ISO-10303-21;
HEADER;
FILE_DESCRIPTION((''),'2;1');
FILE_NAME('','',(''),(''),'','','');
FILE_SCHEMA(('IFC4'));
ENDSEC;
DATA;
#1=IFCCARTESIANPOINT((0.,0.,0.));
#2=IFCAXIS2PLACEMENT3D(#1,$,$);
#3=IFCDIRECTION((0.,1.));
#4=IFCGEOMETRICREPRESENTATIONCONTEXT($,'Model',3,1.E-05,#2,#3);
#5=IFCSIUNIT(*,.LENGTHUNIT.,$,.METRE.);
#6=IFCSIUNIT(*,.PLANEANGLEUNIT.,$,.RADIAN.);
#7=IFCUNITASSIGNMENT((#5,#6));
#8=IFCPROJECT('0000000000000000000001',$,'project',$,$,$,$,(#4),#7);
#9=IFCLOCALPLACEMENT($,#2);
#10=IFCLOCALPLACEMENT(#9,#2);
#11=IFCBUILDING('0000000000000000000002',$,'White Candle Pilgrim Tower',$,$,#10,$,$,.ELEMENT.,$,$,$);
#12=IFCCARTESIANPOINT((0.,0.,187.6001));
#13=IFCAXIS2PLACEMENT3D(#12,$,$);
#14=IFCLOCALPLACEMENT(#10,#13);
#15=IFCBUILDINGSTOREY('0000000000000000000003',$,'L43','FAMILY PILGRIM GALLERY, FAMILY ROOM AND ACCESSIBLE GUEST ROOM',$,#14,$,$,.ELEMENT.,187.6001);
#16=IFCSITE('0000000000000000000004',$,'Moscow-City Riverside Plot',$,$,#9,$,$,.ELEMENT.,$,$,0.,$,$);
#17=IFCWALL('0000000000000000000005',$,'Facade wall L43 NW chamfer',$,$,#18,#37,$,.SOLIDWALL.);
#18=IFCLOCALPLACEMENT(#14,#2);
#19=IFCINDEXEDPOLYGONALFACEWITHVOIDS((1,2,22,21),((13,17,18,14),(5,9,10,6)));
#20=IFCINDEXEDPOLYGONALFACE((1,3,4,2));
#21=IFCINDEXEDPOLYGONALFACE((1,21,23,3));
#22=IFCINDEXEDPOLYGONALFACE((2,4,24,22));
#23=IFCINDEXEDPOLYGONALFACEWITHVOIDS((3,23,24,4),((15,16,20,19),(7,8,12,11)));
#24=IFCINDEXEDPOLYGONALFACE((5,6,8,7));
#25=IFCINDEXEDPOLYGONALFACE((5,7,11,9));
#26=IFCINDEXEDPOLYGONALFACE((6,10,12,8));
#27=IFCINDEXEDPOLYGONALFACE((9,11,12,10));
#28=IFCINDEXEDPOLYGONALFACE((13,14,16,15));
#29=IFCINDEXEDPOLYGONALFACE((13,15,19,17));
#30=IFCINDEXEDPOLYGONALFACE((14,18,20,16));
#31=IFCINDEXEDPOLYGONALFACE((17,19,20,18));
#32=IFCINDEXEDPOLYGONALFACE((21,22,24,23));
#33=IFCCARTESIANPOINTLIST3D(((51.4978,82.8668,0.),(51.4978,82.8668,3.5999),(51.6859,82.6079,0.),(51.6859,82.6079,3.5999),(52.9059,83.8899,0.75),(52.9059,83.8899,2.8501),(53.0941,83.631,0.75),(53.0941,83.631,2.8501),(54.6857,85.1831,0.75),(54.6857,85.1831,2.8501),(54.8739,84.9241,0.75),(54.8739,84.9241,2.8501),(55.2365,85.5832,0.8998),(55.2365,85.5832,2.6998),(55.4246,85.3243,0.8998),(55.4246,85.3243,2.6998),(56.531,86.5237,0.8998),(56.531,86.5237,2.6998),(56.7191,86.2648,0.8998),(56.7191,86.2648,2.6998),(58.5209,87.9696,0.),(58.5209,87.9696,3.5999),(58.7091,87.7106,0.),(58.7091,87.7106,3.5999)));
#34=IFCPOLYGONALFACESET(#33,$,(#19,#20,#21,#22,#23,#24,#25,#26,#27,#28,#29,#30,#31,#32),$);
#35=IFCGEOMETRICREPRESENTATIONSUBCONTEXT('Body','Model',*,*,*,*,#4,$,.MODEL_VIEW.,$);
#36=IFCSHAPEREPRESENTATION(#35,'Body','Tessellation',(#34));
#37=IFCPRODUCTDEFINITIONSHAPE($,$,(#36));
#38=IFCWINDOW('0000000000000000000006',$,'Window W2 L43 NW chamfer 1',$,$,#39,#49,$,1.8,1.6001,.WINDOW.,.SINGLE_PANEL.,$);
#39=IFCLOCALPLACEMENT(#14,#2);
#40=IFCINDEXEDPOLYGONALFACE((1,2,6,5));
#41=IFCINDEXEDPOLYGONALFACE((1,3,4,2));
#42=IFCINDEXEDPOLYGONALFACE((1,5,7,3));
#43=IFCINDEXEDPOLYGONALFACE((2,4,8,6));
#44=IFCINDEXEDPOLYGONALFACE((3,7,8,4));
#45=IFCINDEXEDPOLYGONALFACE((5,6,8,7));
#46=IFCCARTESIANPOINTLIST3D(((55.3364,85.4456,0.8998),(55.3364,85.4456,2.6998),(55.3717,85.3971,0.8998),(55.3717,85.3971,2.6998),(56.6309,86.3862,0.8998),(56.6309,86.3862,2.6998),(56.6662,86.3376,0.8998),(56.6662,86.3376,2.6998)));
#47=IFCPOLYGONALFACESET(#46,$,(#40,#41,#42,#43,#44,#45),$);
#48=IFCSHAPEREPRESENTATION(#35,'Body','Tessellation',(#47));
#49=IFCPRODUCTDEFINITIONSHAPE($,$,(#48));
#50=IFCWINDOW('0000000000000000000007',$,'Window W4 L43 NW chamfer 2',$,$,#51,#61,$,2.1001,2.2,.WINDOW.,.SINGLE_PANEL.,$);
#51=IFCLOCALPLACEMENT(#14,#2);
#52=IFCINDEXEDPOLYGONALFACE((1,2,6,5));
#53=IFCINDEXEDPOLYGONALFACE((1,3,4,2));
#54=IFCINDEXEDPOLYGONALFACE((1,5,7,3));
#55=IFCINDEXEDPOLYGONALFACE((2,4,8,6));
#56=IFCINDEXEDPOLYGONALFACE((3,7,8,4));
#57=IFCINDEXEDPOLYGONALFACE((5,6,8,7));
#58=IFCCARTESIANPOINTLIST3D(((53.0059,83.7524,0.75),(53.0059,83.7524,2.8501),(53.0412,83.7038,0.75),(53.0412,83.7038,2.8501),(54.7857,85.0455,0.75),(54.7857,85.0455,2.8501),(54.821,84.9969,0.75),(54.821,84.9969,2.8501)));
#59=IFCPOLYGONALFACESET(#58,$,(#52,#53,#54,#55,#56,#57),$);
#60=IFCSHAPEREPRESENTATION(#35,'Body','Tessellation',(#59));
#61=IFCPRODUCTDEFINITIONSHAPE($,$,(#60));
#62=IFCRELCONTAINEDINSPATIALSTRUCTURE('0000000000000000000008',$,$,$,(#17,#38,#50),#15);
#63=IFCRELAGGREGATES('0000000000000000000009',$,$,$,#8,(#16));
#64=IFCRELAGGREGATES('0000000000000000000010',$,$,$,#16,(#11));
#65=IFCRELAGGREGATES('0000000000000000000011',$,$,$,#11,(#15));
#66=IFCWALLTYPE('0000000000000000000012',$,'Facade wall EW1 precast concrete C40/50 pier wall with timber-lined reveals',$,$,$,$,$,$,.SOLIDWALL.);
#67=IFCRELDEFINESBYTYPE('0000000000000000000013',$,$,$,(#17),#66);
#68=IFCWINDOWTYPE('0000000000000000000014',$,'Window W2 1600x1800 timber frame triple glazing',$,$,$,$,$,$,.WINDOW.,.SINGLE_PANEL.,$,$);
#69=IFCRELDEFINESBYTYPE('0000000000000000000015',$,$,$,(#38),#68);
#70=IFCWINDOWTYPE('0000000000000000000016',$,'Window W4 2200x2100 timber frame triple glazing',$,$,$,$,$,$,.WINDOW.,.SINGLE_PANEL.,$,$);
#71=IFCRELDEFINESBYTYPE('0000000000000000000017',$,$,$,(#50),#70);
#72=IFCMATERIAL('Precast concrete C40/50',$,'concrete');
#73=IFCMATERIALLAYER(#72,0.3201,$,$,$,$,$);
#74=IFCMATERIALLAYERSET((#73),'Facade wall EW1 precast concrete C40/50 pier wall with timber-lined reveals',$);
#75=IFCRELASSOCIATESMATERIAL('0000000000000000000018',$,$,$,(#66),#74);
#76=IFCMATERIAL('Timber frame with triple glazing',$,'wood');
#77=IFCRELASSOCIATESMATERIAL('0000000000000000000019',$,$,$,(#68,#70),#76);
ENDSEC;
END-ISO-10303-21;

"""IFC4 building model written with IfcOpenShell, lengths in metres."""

from ifc_helpers import new_model, si_unit, direction, frame, frame_2d, origin, place, context, subcontext, project, spatial, rectangle, extrude, material, layer, layer_set, type_object, element, fill, save


model = new_model("IFC4")

# Units and contexts
model_context = context("Model", 3, precision=1e-05, world=origin(), true_north=direction((0.0, 1.0)))
body_context = subcontext(model_context, "Body", "Model", "MODEL_VIEW")
ifc_project = project(units=[si_unit("LENGTHUNIT", "METRE"), si_unit("PLANEANGLEUNIT", "RADIAN")], contexts=[model_context])

# Site, building, storey
site_placement = place(None, origin())
site = spatial("IfcSite", under=ifc_project, at=site_placement, Name="Moscow-City Riverside Plot", CompositionType="ELEMENT", RefElevation=0.0)
building_placement = place(site_placement, origin())
building = spatial("IfcBuilding", under=site, at=building_placement, Name="White Candle Pilgrim Tower", CompositionType="ELEMENT")
storey_placement = place(building_placement, frame((0.0, 0.0, 187.6001)))
storey = spatial("IfcBuildingStorey", under=building, at=storey_placement, Name="L43", Description="FAMILY PILGRIM GALLERY, FAMILY ROOM AND ACCESSIBLE GUEST ROOM", CompositionType="ELEMENT", Elevation=187.6001)

# Wall, openings, windows
ifc_material_1 = material(Name="Precast concrete C40/50", Category="concrete")
ifc_layer_1 = layer(ifc_material_1, 0.3201)
ifc_layer_set_1 = layer_set([ifc_layer_1], Name="Facade wall EW1 precast concrete C40/50 pier wall with timber-lined reveals")
wall_type_1 = type_object("IfcWallType", Name="Facade wall EW1 precast concrete C40/50 pier wall with timber-lined reveals", PredefinedType="SOLIDWALL", material=ifc_layer_set_1)
wall_1_placement = place(storey_placement, frame((58.615, 87.8401, 0.0), z_axis=(0.0, 0.0, 1.0), x_axis=(-0.80901, -0.587795, 0.0)))
wall_1 = element("IfcWall", 1, at=wall_1_placement, inside=storey, type_object=wall_type_1, Name="Facade wall L43 NW chamfer", PredefinedType="SOLIDWALL", context=body_context, shape_type="SweptSolid", body=[
    extrude(rectangle(XDim=8.6812, YDim=0.3201, at=frame_2d((4.3406, 0.0))), origin(), (0.0, 0.0, 1.0), 3.5999),
])
opening_1_placement = place(wall_1_placement, frame((2.4597, 0.0, 0.8999)))
opening_1 = element("IfcOpeningElement", 2, at=opening_1_placement, cuts=wall_1, PredefinedType="OPENING", context=body_context, shape_type="SweptSolid", body=[
    extrude(rectangle(XDim=1.6001, YDim=1.8, at=frame_2d((0.8, 0.8999))), frame((0.0, 0.1699, 0.0), z_axis=(0.0, -1.0, 0.0), x_axis=(1.0, 0.0, 0.0)), (0.0, 0.0, 1.0), 0.3401),
])
opening_2_placement = place(wall_1_placement, frame((4.7405, 0.0, 0.75)))
opening_2 = element("IfcOpeningElement", 3, at=opening_2_placement, cuts=wall_1, PredefinedType="OPENING", context=body_context, shape_type="SweptSolid", body=[
    extrude(rectangle(XDim=2.2, YDim=2.1001, at=frame_2d((1.1001, 1.05))), frame((0.0, 0.1699, 0.0), z_axis=(0.0, -1.0, 0.0), x_axis=(1.0, 0.0, 0.0)), (0.0, 0.0, 1.0), 0.3401),
])
ifc_material_2 = material(Name="Timber frame with triple glazing", Category="wood")
window_type_1 = type_object("IfcWindowType", Name="Window W2 1600x1800 timber frame triple glazing", PartitioningType="SINGLE_PANEL", PredefinedType="WINDOW", material=ifc_material_2)
window_1_placement = place(opening_1_placement, origin())
window_1 = element("IfcWindow", 4, at=window_1_placement, inside=storey, type_object=window_type_1, Name="Window W2 L43 NW chamfer 1", OverallHeight=1.8, OverallWidth=1.6001, PartitioningType="SINGLE_PANEL", PredefinedType="WINDOW", context=body_context, shape_type="SweptSolid", body=[
    extrude(rectangle(XDim=1.6001, YDim=1.8, at=frame_2d((0.8, 0.8999))), frame((0.0, 0.0701, 0.0), z_axis=(0.0, -1.0, 0.0), x_axis=(1.0, 0.0, 0.0)), (0.0, 0.0, 1.0), 0.0601),
])
fill(opening_1, window_1)
window_type_2 = type_object("IfcWindowType", Name="Window W4 2200x2100 timber frame triple glazing", PartitioningType="SINGLE_PANEL", PredefinedType="WINDOW", material=ifc_material_2)
window_2_placement = place(opening_2_placement, origin())
window_2 = element("IfcWindow", 5, at=window_2_placement, inside=storey, type_object=window_type_2, Name="Window W4 L43 NW chamfer 2", OverallHeight=2.1001, OverallWidth=2.2, PartitioningType="SINGLE_PANEL", PredefinedType="WINDOW", context=body_context, shape_type="SweptSolid", body=[
    extrude(rectangle(XDim=2.2, YDim=2.1001, at=frame_2d((1.1001, 1.05))), frame((0.0, 0.0701, 0.0), z_axis=(0.0, -1.0, 0.0), x_axis=(1.0, 0.0, 0.0)), (0.0, 0.0, 1.0), 0.0601),
])
fill(opening_2, window_2)

save(model, "model.ifc")
